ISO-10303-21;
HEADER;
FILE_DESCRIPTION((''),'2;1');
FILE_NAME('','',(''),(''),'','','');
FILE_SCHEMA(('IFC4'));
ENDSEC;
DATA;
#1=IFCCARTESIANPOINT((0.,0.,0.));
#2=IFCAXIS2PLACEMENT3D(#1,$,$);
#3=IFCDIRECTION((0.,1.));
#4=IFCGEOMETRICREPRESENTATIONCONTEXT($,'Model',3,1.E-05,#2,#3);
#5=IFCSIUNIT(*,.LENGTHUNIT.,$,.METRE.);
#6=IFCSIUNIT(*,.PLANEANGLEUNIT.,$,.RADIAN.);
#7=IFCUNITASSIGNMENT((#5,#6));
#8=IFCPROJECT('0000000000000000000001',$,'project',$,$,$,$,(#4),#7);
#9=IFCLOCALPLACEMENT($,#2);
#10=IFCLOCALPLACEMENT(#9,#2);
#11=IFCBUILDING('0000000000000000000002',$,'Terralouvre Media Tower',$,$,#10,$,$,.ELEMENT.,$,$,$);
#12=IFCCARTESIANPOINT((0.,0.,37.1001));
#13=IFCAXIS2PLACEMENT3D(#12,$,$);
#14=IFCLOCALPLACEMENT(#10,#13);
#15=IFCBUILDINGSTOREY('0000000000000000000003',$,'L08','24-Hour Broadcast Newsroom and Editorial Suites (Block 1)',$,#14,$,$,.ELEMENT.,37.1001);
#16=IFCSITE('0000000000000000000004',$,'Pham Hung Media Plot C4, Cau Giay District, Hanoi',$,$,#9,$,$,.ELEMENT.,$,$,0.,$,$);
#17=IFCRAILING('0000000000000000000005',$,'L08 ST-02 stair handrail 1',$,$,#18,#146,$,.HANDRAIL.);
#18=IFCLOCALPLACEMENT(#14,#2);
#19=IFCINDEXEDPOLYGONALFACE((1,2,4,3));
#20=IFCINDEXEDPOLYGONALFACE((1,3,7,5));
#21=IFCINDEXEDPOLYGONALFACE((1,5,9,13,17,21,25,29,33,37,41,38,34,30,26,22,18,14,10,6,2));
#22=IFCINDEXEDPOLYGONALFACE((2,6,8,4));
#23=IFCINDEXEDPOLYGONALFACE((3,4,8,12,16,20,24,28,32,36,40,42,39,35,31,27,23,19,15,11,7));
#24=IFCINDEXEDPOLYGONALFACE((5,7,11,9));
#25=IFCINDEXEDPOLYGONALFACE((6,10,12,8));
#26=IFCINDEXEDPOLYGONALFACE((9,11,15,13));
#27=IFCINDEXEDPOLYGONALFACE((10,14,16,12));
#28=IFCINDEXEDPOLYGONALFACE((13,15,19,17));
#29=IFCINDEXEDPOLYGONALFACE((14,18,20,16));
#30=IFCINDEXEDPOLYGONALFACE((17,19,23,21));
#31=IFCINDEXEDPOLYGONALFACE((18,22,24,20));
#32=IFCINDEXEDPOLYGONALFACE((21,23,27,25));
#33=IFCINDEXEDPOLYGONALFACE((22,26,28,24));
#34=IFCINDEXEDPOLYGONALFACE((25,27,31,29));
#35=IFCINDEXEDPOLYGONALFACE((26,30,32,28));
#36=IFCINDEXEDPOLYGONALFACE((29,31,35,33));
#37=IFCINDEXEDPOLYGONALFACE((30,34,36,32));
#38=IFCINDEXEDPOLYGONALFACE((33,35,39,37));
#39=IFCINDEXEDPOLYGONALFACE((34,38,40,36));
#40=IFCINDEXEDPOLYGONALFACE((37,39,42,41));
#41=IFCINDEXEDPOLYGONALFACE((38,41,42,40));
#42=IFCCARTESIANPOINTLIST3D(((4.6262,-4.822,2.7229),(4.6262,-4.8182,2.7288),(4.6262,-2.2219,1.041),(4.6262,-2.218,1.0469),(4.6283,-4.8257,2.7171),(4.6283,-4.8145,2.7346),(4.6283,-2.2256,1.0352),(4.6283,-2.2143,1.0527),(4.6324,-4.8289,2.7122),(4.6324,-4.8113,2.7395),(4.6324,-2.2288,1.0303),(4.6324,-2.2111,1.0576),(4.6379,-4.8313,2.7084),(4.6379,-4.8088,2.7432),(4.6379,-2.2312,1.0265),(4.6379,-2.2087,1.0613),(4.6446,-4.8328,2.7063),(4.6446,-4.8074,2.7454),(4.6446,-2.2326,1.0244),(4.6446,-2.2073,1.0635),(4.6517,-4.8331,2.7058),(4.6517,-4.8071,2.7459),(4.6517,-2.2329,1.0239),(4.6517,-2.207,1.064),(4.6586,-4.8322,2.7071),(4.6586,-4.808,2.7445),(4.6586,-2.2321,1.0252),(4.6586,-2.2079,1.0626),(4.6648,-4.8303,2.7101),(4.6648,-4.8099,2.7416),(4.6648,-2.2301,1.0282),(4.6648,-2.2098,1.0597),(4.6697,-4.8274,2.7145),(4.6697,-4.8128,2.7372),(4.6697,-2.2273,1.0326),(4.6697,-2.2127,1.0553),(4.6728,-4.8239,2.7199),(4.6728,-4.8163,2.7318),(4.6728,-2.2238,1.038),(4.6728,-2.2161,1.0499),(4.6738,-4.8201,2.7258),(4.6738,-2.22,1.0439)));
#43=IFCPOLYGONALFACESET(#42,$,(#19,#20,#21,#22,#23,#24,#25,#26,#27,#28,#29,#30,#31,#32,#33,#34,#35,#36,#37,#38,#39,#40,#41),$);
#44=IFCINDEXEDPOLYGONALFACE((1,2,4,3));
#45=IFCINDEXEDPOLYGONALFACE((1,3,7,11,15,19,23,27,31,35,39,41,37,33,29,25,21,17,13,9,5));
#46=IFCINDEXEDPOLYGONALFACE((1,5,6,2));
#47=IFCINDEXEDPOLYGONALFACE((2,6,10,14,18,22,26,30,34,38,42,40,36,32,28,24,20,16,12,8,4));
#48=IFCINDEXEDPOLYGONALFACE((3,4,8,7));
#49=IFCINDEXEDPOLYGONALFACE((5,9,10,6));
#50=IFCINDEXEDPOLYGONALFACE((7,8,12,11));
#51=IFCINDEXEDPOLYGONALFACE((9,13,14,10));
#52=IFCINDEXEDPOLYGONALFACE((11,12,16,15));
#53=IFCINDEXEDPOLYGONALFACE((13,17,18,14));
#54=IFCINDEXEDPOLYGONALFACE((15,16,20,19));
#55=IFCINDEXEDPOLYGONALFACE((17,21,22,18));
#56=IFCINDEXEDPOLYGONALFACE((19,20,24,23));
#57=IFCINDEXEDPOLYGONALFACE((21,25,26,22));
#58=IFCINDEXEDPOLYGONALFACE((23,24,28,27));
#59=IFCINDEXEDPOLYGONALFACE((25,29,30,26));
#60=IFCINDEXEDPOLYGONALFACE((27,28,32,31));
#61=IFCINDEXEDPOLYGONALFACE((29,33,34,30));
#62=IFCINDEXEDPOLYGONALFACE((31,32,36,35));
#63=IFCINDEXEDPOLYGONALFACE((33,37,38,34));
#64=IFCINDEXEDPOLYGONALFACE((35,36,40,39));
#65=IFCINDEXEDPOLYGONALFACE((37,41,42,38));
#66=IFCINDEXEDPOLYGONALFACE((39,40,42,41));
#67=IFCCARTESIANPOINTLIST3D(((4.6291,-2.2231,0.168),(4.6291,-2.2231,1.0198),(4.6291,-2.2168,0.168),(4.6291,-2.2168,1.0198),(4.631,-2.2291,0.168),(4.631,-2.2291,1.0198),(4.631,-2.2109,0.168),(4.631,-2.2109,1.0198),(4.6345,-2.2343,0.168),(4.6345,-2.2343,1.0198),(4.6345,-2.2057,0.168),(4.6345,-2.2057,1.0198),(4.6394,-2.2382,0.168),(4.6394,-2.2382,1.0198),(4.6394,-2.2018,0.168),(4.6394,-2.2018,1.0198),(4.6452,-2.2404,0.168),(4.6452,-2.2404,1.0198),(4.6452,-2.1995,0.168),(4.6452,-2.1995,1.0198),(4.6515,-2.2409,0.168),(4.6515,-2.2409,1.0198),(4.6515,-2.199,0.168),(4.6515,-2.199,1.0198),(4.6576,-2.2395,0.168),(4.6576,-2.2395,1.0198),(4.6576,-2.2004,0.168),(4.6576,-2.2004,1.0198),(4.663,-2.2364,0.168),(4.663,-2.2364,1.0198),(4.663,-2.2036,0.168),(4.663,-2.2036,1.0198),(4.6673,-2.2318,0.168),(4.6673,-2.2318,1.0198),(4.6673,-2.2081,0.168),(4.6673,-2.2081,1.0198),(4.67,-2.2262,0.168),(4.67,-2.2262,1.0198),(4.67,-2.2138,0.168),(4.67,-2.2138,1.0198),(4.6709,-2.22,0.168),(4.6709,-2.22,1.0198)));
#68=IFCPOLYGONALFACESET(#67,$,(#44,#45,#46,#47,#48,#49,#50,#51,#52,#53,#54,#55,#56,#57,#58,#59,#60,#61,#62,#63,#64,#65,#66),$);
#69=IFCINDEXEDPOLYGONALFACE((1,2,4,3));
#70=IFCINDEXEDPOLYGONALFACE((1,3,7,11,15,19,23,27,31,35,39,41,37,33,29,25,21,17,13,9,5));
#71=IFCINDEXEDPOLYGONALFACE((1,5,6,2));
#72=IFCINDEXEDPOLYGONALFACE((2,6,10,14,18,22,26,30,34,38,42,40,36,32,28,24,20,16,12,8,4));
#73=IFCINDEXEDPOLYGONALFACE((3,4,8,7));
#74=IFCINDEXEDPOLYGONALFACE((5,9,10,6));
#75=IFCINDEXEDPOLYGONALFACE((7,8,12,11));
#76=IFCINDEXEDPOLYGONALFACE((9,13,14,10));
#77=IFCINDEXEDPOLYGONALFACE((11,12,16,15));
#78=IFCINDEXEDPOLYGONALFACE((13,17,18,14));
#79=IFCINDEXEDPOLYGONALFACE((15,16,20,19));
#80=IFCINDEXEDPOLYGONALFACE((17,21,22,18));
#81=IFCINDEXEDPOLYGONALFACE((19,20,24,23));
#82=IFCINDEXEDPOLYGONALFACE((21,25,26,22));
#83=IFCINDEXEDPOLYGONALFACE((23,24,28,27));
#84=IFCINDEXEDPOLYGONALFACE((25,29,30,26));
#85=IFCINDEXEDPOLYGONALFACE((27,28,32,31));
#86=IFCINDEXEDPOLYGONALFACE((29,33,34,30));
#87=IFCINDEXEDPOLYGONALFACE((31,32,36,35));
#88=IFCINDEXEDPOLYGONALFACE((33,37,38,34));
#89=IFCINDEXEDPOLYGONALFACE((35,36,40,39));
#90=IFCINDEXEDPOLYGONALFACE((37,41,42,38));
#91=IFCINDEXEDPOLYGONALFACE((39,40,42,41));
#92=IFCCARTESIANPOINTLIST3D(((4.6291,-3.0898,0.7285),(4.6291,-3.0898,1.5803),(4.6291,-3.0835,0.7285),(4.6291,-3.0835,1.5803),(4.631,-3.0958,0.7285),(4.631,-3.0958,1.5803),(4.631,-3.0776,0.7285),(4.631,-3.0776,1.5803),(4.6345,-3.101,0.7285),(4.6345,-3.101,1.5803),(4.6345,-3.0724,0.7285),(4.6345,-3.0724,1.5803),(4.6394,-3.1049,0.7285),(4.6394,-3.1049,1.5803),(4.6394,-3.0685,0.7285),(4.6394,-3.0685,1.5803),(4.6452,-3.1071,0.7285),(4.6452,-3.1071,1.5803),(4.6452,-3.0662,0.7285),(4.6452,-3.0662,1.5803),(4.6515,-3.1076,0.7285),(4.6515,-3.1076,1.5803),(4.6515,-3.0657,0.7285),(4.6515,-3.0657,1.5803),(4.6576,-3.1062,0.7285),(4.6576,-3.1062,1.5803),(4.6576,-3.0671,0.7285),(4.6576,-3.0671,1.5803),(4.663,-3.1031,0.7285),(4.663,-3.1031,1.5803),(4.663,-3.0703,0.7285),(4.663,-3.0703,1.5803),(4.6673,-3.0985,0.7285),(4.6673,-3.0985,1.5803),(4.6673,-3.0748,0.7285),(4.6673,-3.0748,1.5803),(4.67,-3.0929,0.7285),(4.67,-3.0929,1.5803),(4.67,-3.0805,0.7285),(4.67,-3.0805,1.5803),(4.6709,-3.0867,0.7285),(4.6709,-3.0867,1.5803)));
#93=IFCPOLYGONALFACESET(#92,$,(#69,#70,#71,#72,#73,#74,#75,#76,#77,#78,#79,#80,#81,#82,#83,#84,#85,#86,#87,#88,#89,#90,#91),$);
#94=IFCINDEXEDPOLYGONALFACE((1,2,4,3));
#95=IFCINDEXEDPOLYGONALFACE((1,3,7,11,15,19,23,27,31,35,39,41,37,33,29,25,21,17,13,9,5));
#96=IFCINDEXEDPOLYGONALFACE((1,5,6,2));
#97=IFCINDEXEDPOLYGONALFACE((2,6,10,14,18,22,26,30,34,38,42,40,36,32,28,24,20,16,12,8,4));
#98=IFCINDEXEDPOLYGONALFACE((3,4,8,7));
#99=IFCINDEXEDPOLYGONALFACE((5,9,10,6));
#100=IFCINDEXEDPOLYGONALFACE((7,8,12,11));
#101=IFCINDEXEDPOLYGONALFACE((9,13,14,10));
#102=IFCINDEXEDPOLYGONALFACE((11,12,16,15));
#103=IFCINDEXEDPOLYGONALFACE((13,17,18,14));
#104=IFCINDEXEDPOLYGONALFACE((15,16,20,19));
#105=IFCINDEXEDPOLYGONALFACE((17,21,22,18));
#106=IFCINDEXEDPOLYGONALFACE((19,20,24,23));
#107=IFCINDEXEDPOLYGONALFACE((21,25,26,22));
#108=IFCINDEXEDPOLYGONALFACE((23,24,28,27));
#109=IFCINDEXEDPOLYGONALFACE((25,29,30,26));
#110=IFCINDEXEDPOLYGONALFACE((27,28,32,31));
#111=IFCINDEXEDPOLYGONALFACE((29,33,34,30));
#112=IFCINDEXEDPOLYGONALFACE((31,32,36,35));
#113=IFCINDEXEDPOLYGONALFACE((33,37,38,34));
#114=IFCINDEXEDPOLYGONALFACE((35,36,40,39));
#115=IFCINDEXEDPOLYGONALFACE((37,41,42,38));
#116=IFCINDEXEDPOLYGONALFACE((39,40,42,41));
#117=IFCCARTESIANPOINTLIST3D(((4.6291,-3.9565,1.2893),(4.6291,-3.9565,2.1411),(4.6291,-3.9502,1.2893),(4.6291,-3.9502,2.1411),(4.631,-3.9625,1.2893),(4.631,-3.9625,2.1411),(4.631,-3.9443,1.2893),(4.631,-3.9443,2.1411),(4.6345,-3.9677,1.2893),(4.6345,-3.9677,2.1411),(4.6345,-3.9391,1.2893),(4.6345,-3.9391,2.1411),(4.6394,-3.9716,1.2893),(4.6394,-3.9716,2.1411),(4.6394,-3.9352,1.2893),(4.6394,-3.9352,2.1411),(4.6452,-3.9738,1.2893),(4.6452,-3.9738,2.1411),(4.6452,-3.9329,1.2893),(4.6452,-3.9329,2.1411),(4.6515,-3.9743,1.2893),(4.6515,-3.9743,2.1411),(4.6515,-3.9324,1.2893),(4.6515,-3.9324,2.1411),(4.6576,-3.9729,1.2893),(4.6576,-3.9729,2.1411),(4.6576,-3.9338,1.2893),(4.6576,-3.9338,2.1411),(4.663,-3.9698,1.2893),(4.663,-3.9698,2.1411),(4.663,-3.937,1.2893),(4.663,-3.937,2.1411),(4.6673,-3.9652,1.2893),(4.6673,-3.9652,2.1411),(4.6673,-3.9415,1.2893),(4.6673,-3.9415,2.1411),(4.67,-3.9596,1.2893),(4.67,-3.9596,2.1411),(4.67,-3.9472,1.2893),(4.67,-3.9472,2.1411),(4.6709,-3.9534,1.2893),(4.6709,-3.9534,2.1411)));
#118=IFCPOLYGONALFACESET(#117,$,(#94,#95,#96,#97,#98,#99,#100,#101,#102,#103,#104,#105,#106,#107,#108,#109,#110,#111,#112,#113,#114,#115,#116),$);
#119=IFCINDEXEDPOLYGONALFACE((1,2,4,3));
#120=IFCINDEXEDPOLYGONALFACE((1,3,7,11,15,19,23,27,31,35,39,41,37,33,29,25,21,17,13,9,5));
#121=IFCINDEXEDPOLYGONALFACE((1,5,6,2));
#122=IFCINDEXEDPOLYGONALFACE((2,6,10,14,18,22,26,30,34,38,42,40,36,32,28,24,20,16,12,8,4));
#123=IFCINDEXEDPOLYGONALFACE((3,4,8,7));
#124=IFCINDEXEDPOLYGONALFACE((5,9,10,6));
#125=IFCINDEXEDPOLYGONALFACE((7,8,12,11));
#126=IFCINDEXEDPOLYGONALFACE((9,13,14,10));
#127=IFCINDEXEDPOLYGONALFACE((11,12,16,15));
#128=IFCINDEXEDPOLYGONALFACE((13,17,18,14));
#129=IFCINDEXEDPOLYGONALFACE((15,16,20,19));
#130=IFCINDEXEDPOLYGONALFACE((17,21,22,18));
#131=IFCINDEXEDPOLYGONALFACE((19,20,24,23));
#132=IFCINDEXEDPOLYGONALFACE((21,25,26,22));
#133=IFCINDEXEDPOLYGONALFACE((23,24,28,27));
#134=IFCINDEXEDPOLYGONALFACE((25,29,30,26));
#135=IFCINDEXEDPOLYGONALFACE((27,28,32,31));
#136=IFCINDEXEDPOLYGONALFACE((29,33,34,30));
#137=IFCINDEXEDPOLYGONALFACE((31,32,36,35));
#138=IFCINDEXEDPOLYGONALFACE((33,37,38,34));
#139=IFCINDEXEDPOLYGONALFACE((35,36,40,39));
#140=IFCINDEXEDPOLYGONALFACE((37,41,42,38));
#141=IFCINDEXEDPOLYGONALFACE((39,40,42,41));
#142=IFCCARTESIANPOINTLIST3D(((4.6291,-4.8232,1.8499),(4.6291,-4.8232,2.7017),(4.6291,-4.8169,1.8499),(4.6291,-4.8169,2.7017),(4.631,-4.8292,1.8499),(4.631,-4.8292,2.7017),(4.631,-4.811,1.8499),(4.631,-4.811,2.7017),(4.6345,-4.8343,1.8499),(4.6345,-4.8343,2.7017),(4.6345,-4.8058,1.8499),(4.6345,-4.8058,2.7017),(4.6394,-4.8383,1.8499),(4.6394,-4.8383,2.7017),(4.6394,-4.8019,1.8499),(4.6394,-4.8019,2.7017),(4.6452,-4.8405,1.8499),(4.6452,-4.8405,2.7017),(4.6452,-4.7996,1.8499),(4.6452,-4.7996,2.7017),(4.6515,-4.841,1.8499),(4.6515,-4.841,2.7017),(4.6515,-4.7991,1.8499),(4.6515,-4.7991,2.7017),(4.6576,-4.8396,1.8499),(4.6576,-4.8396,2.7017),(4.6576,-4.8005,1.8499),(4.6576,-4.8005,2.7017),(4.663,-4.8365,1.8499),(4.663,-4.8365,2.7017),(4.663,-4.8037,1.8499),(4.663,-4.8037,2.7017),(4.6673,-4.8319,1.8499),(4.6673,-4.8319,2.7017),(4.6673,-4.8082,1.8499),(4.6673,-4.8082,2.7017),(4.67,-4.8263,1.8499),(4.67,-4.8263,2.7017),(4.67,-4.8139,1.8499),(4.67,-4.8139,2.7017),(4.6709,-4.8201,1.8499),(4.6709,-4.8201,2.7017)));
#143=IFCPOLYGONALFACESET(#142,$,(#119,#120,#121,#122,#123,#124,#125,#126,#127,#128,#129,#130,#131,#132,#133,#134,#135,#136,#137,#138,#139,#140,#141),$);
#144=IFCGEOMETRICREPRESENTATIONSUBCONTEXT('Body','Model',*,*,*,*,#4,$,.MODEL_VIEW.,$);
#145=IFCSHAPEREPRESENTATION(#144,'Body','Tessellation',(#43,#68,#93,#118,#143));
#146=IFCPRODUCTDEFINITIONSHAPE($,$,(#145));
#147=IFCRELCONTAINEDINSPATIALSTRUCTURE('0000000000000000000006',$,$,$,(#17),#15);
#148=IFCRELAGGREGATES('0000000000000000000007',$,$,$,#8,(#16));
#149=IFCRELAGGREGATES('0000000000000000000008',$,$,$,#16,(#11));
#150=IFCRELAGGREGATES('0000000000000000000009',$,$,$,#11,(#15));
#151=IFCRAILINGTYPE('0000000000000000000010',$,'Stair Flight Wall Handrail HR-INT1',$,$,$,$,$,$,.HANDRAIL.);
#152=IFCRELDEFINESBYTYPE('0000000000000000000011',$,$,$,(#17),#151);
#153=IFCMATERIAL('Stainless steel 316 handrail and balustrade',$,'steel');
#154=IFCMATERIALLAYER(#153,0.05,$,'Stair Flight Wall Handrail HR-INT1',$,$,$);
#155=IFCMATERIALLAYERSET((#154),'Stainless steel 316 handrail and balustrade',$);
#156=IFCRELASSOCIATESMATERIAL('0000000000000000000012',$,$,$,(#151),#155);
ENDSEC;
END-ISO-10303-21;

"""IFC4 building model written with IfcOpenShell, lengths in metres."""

from ifc_helpers import new_model, si_unit, direction, frame, origin, origin_2d, place, context, subcontext, project, spatial, circle, extrude, material, layer, layer_set, type_object, element, save


model = new_model("IFC4")

# Units and contexts
model_context = context("Model", 3, precision=1e-05, world=origin(), true_north=direction((0.0, 1.0)))
body_context = subcontext(model_context, "Body", "Model", "MODEL_VIEW")
ifc_project = project(units=[si_unit("LENGTHUNIT", "METRE"), si_unit("PLANEANGLEUNIT", "RADIAN")], contexts=[model_context])

# Site, building, storey
site_placement = place(None, origin())
site = spatial("IfcSite", under=ifc_project, at=site_placement, Name="Pham Hung Media Plot C4, Cau Giay District, Hanoi", CompositionType="ELEMENT", RefElevation=0.0)
building_placement = place(site_placement, origin())
building = spatial("IfcBuilding", under=site, at=building_placement, Name="Terralouvre Media Tower", CompositionType="ELEMENT")
storey_placement = place(building_placement, frame((0.0, 0.0, 37.1001)))
storey = spatial("IfcBuildingStorey", under=building, at=storey_placement, Name="L08", Description="24-Hour Broadcast Newsroom and Editorial Suites (Block 1)", CompositionType="ELEMENT", Elevation=37.1001)

# Railing
ifc_material_1 = material(Name="Stainless steel 316 handrail and balustrade", Category="steel")
ifc_layer_1 = layer(ifc_material_1, 0.05, Name="Stair Flight Wall Handrail HR-INT1")
ifc_layer_set_1 = layer_set([ifc_layer_1], Name="Stainless steel 316 handrail and balustrade")
railing_type_1 = type_object("IfcRailingType", Name="Stair Flight Wall Handrail HR-INT1", PredefinedType="HANDRAIL", material=ifc_layer_set_1)
railing_1_placement = place(storey_placement, frame((4.6499, -2.22, 0.168)))
element("IfcRailing", 1, at=railing_1_placement, inside=storey, type_object=railing_type_1, Name="L08 ST-02 stair handrail 1", PredefinedType="HANDRAIL", context=body_context, shape_type="SweptSolid", body=[
    extrude(circle(Radius=0.0239, at=origin_2d()), frame((0.0, 0.0, 0.876), z_axis=(0.0, -0.839648, 0.54313), x_axis=(1.0, 0.0, 0.0)), (0.0, 0.0, 1.0), 3.0967),
    extrude(circle(Radius=0.021, at=origin_2d()), origin(), (0.0, 0.0, 1.0), 0.8518),
    extrude(circle(Radius=0.021, at=origin_2d()), frame((0.0, -0.8667, 0.5605)), (0.0, 0.0, 1.0), 0.8518),
    extrude(circle(Radius=0.021, at=origin_2d()), frame((0.0, -1.7334, 1.1213)), (0.0, 0.0, 1.0), 0.8518),
    extrude(circle(Radius=0.021, at=origin_2d()), frame((0.0, -2.6001, 1.6819)), (0.0, 0.0, 1.0), 0.8518),
])

save(model, "model.ifc")
